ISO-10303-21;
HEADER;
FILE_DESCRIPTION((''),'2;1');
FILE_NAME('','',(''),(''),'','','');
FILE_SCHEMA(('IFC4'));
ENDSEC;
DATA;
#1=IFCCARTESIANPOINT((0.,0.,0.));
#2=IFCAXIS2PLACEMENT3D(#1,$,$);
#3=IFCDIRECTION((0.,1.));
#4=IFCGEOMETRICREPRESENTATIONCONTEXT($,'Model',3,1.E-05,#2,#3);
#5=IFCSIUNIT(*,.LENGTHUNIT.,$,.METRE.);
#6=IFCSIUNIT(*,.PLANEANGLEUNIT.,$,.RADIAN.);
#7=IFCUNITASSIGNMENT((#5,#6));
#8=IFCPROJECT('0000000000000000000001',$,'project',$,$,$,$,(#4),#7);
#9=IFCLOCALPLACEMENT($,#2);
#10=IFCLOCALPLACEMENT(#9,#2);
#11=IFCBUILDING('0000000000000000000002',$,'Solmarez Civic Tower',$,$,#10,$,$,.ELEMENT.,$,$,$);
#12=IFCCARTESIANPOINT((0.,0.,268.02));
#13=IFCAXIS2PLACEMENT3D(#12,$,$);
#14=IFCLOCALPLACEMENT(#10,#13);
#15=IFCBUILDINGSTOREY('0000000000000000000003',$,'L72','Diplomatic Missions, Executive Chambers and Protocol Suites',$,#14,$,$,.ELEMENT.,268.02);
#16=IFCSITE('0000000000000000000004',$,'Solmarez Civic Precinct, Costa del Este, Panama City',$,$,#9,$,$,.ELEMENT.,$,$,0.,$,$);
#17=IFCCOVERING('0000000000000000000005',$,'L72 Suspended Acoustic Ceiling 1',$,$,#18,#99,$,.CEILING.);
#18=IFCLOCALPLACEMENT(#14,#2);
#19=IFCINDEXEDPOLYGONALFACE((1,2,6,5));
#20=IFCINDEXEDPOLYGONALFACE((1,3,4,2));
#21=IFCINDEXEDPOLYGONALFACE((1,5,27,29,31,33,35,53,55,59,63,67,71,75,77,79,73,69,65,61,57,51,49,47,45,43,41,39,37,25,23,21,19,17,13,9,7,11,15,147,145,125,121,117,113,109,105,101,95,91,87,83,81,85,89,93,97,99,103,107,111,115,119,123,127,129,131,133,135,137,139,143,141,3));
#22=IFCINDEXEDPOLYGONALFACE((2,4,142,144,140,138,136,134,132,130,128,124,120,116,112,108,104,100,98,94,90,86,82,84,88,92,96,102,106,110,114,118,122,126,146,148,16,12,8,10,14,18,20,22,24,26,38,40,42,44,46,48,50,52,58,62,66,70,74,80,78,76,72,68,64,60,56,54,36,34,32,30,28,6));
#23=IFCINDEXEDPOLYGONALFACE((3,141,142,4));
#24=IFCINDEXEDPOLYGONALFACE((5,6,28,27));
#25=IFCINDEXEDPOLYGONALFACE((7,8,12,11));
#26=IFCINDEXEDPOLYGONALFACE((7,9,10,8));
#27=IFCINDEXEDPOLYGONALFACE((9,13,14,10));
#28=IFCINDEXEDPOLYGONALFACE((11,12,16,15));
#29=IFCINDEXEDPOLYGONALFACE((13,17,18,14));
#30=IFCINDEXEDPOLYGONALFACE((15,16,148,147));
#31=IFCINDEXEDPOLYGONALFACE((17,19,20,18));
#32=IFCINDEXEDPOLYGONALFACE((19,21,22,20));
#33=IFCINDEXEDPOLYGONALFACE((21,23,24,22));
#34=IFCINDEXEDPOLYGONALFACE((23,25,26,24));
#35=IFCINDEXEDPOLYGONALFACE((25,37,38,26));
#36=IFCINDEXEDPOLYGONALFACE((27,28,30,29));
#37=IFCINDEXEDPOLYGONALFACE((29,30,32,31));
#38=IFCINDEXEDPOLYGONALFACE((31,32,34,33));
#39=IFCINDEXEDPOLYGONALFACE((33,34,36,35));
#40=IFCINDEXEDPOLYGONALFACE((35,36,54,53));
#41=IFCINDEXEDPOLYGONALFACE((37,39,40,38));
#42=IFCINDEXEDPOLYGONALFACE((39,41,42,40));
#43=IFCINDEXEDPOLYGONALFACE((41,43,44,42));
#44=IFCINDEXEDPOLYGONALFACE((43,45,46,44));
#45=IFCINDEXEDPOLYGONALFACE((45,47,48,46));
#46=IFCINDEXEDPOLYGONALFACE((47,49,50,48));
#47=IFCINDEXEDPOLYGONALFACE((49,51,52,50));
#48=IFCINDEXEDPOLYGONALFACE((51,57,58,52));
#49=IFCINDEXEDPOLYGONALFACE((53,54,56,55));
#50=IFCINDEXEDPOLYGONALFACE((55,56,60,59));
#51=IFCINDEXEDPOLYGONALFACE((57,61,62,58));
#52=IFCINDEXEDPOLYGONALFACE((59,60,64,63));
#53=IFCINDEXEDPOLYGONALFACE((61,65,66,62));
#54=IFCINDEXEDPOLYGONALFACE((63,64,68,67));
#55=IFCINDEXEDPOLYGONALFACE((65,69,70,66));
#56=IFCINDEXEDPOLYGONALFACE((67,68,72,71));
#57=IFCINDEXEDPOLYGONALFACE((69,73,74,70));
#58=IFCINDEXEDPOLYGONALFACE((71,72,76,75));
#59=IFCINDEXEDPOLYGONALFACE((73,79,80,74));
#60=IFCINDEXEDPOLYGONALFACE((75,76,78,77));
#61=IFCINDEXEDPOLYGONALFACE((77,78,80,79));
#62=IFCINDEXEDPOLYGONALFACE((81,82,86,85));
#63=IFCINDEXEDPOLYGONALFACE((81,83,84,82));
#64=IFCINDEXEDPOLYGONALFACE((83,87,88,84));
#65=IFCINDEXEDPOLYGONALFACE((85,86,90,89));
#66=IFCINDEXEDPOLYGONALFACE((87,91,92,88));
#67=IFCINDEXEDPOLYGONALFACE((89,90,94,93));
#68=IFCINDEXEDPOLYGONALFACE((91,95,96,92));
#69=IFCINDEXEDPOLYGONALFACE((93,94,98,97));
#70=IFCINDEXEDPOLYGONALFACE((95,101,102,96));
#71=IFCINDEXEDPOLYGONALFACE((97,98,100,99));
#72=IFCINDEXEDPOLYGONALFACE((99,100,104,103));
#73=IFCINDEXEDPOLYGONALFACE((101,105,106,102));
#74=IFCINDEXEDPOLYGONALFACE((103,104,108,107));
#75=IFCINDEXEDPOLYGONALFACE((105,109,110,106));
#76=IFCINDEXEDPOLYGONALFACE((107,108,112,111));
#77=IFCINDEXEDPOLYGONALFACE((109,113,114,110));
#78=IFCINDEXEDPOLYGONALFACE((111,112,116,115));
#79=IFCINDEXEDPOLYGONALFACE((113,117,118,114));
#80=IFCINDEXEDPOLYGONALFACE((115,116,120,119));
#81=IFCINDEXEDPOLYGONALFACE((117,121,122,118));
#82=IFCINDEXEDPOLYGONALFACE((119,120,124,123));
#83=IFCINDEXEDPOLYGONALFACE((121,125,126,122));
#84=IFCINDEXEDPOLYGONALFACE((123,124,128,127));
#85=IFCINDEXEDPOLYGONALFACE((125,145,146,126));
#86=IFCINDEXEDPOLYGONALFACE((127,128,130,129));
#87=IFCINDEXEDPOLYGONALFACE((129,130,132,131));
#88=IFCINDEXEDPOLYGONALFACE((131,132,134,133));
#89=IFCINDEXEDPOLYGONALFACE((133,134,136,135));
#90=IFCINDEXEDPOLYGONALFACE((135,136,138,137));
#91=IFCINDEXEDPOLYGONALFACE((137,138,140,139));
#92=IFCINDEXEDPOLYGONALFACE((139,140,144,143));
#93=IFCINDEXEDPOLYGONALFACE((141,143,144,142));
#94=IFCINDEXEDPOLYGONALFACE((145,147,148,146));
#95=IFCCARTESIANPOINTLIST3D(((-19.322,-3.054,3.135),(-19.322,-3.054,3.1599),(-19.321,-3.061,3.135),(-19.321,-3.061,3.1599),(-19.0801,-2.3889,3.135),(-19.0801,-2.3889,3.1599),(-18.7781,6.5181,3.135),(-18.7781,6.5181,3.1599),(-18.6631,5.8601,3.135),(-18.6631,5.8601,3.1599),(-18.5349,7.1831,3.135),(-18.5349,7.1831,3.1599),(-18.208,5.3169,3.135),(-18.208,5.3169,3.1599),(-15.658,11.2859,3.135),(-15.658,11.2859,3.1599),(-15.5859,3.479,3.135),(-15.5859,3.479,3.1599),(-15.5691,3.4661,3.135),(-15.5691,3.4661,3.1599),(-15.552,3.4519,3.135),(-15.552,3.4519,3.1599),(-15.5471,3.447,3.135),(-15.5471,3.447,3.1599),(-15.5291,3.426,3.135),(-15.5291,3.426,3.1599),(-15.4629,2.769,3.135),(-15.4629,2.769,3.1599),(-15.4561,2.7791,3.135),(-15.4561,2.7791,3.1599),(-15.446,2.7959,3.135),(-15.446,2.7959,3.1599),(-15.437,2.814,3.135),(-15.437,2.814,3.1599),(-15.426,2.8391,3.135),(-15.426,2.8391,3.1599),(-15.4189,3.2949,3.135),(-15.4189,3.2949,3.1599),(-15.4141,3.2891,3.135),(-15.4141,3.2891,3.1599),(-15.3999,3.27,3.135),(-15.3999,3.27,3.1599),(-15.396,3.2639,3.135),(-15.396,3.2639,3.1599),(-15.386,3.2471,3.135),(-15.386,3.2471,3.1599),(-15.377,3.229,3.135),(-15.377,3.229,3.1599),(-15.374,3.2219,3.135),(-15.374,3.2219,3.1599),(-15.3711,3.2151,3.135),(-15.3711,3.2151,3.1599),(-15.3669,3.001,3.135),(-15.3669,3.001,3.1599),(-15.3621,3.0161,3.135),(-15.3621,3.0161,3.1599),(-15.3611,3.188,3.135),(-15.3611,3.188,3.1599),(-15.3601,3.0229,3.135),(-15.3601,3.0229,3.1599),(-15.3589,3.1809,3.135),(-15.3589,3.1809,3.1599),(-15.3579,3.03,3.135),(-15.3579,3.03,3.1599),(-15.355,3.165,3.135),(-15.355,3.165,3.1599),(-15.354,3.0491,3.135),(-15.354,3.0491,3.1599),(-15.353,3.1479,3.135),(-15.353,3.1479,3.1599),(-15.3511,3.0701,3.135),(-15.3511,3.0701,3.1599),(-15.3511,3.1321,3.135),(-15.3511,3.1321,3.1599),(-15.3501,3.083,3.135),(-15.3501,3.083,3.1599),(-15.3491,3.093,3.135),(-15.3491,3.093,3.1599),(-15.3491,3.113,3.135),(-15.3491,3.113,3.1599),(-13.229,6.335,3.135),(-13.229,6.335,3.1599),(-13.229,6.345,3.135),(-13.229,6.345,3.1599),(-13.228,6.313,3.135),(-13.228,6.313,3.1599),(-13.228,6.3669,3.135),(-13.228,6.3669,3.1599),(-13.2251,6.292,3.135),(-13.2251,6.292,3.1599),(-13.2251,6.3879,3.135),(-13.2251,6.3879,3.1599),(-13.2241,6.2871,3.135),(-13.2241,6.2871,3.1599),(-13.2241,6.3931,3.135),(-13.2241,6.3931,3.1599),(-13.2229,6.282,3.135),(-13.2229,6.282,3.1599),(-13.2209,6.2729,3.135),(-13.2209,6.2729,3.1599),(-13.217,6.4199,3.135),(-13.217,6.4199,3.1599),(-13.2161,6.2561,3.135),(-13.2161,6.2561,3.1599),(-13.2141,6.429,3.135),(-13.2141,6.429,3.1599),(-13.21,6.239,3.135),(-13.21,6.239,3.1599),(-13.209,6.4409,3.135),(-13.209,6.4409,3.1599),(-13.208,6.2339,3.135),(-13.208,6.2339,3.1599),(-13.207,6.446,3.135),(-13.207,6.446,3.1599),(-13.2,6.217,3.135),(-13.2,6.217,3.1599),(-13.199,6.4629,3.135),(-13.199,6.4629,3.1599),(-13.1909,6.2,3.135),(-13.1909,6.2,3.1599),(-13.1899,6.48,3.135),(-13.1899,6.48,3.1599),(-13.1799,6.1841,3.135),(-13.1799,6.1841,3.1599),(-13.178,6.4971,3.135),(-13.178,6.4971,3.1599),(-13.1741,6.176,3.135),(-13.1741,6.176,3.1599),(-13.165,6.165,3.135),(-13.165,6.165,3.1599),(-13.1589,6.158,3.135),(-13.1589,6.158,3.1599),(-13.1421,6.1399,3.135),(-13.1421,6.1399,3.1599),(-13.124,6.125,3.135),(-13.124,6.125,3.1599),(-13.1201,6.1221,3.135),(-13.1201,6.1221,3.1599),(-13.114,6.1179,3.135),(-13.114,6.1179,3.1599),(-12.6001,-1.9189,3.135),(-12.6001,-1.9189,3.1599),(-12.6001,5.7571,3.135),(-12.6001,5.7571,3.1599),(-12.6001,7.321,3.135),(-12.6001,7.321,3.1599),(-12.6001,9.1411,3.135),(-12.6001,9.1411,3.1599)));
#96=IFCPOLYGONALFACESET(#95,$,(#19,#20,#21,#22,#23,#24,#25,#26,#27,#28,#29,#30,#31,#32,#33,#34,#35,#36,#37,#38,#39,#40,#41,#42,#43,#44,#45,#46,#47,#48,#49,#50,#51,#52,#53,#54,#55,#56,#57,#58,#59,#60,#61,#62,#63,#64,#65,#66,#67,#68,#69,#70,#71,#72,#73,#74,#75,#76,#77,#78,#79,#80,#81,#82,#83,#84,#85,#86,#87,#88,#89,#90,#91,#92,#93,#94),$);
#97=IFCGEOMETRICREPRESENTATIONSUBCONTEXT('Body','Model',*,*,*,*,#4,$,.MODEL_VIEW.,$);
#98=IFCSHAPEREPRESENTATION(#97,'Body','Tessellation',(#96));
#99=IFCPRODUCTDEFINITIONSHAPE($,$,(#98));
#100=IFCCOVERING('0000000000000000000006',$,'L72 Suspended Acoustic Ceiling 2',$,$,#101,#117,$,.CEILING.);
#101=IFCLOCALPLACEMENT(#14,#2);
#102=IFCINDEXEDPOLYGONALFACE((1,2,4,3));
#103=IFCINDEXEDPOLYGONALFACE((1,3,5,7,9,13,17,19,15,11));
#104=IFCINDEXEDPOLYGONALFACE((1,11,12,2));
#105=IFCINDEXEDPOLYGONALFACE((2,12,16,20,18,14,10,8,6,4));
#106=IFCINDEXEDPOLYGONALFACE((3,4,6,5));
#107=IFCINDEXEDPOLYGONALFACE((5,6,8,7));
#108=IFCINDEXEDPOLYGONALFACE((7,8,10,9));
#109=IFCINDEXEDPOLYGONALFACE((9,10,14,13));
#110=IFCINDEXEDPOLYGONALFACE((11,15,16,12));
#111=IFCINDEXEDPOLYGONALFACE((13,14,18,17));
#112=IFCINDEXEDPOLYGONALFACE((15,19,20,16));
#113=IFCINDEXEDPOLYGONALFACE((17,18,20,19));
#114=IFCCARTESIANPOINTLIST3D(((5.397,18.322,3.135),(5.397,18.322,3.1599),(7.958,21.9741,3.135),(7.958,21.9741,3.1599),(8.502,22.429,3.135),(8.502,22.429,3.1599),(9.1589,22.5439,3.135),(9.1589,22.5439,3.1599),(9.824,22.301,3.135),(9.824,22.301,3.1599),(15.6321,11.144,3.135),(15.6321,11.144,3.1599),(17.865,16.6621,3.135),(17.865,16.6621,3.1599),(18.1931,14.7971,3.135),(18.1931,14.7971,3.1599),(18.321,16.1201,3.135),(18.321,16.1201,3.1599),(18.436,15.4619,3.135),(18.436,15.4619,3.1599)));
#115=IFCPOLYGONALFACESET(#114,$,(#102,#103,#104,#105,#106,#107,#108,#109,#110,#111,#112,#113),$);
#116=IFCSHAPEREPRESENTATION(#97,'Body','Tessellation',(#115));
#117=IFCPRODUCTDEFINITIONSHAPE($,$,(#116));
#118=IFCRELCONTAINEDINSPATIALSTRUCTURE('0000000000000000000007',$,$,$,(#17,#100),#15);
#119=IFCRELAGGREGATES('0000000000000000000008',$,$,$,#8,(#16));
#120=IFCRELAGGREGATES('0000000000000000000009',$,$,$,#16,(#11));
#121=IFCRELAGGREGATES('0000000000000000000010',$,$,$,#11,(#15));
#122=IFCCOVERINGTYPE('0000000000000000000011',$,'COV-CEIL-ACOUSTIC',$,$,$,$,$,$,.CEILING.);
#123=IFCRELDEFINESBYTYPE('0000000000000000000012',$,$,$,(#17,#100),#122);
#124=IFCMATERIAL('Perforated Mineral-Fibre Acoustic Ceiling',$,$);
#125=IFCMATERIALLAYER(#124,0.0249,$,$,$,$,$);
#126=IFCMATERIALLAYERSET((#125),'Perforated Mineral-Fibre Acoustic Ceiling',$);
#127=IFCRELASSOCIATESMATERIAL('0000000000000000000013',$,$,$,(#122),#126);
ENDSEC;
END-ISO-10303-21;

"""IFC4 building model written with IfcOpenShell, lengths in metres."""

from ifc_helpers import new_model, si_unit, direction, frame, origin, place, context, subcontext, project, spatial, polyline, outline, extrude, material, layer, layer_set, type_object, element, save


model = new_model("IFC4")

# Units and contexts
model_context = context("Model", 3, precision=1e-05, world=origin(), true_north=direction((0.0, 1.0)))
body_context = subcontext(model_context, "Body", "Model", "MODEL_VIEW")
ifc_project = project(units=[si_unit("LENGTHUNIT", "METRE"), si_unit("PLANEANGLEUNIT", "RADIAN")], contexts=[model_context])

# Site, building, storey
site_placement = place(None, origin())
site = spatial("IfcSite", under=ifc_project, at=site_placement, Name="Solmarez Civic Precinct, Costa del Este, Panama City", CompositionType="ELEMENT", RefElevation=0.0)
building_placement = place(site_placement, origin())
building = spatial("IfcBuilding", under=site, at=building_placement, Name="Solmarez Civic Tower", CompositionType="ELEMENT")
storey_placement = place(building_placement, frame((0.0, 0.0, 268.02)))
storey = spatial("IfcBuildingStorey", under=building, at=storey_placement, Name="L72", Description="Diplomatic Missions, Executive Chambers and Protocol Suites", CompositionType="ELEMENT", Elevation=268.02)

# Coverings
ifc_material_1 = material(Name="Perforated Mineral-Fibre Acoustic Ceiling")
ifc_layer_1 = layer(ifc_material_1, 0.0249)
ifc_layer_set_1 = layer_set([ifc_layer_1], Name="Perforated Mineral-Fibre Acoustic Ceiling")
covering_type_1 = type_object("IfcCoveringType", Name="COV-CEIL-ACOUSTIC", PredefinedType="CEILING", material=ifc_layer_set_1)
covering_1_placement = place(storey_placement, frame((0.0, 0.0, 3.135)))
element("IfcCovering", 1, at=covering_1_placement, inside=storey, type_object=covering_type_1, Name="L72 Suspended Acoustic Ceiling 1", PredefinedType="CEILING", context=body_context, shape_type="SweptSolid", body=[
    extrude(outline(polyline([(-15.3501, 3.083), (-15.3511, 3.0701), (-15.354, 3.0491), (-15.3579, 3.03), (-15.3601, 3.0229), (-15.3621, 3.0161), (-15.3669, 3.001), (-15.426, 2.8391), (-15.437, 2.814), (-15.446, 2.7959), (-15.4561, 2.7791), (-15.4629, 2.769), (-19.0801, -2.3889), (-19.322, -3.054), (-19.321, -3.061), (-12.6001, -1.9189), (-12.6001, 5.7571), (-13.114, 6.1179), (-13.1201, 6.1221), (-13.124, 6.125), (-13.1421, 6.1399), (-13.1589, 6.158), (-13.165, 6.165), (-13.1741, 6.176), (-13.1799, 6.1841), (-13.1909, 6.2), (-13.2, 6.217), (-13.208, 6.2339), (-13.21, 6.239), (-13.2161, 6.2561), (-13.2209, 6.2729), (-13.2229, 6.282), (-13.2241, 6.2871), (-13.2251, 6.292), (-13.228, 6.313), (-13.229, 6.335), (-13.229, 6.345), (-13.228, 6.3669), (-13.2251, 6.3879), (-13.2241, 6.3931), (-13.217, 6.4199), (-13.2141, 6.429), (-13.209, 6.4409), (-13.207, 6.446), (-13.199, 6.4629), (-13.1899, 6.48), (-13.178, 6.4971), (-12.6001, 7.321), (-12.6001, 9.1411), (-15.658, 11.2859), (-18.5349, 7.1831), (-18.7781, 6.5181), (-18.6631, 5.8601), (-18.208, 5.3169), (-15.5859, 3.479), (-15.5691, 3.4661), (-15.552, 3.4519), (-15.5471, 3.447), (-15.5291, 3.426), (-15.4189, 3.2949), (-15.4141, 3.2891), (-15.3999, 3.27), (-15.396, 3.2639), (-15.386, 3.2471), (-15.377, 3.229), (-15.374, 3.2219), (-15.3711, 3.2151), (-15.3611, 3.188), (-15.3589, 3.1809), (-15.355, 3.165), (-15.353, 3.1479), (-15.3511, 3.1321), (-15.3491, 3.113), (-15.3491, 3.093), (-15.3501, 3.083)])), origin(), (0.0, 0.0, 1.0), 0.0249),
])
covering_2_placement = place(storey_placement, frame((0.0, 0.0, 3.135)))
element("IfcCovering", 2, at=covering_2_placement, inside=storey, type_object=covering_type_1, Name="L72 Suspended Acoustic Ceiling 2", PredefinedType="CEILING", context=body_context, shape_type="SweptSolid", body=[
    extrude(outline(polyline([(15.6321, 11.144), (18.1931, 14.7971), (18.436, 15.4619), (18.321, 16.1201), (17.865, 16.6621), (9.824, 22.301), (9.1589, 22.5439), (8.502, 22.429), (7.958, 21.9741), (5.397, 18.322), (15.6321, 11.144)])), origin(), (0.0, 0.0, 1.0), 0.0249),
])

save(model, "model.ifc")
